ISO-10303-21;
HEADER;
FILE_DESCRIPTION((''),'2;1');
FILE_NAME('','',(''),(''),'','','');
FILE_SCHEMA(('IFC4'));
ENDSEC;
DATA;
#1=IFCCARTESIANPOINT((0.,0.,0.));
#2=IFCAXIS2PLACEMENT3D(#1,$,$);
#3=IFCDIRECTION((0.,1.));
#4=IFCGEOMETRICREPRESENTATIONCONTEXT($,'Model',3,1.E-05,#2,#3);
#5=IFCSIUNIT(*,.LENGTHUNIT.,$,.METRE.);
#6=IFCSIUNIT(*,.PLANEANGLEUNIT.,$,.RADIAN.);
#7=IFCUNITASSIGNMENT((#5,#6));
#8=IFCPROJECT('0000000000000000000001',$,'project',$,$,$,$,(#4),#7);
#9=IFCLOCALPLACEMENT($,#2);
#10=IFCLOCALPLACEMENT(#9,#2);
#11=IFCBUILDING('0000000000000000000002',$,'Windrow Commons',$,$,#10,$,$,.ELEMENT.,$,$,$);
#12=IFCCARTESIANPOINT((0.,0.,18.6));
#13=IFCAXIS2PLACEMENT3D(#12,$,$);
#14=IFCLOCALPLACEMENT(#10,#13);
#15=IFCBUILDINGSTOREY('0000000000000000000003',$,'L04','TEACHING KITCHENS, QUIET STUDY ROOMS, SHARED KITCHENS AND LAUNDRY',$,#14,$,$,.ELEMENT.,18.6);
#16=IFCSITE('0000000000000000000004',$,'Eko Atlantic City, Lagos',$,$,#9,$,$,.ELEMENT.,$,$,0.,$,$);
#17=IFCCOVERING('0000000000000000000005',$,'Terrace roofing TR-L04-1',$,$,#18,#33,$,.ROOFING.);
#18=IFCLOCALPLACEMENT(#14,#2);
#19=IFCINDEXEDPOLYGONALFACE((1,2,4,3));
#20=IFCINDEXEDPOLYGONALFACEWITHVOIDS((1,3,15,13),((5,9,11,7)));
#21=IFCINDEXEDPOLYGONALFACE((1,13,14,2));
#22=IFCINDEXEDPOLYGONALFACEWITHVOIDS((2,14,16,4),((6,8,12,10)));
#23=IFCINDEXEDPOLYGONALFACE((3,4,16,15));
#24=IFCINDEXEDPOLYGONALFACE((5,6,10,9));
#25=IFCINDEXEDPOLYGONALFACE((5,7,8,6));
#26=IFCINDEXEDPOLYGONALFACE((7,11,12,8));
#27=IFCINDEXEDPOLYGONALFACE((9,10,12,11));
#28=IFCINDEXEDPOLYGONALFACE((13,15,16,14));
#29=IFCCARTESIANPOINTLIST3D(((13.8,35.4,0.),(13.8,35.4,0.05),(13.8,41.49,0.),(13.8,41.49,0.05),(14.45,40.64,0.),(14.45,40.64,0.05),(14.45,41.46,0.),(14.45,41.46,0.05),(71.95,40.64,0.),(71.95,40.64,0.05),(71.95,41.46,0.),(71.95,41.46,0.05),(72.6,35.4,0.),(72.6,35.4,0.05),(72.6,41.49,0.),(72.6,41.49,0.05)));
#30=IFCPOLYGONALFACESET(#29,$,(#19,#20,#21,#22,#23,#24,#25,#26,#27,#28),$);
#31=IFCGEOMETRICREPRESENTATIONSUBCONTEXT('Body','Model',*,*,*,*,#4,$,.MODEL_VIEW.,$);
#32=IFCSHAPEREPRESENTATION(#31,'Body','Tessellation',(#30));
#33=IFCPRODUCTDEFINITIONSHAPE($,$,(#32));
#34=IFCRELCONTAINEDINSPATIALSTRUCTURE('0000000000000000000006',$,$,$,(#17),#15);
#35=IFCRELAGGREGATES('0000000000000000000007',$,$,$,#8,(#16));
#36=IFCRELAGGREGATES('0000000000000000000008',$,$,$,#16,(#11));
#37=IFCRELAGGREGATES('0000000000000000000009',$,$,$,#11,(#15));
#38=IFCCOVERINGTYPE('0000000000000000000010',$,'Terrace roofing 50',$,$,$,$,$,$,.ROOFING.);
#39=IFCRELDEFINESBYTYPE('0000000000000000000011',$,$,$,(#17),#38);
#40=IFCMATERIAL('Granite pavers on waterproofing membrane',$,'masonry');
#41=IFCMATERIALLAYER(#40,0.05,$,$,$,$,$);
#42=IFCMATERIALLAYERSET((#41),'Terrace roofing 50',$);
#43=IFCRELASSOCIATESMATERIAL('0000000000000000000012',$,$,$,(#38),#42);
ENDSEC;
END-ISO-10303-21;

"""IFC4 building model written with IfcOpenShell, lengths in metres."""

from ifc_helpers import new_model, si_unit, direction, frame, origin, place, context, subcontext, project, spatial, polyline, outline, extrude, material, layer, layer_set, type_object, element, save


model = new_model("IFC4")

# Units and contexts
model_context = context("Model", 3, precision=1e-05, world=origin(), true_north=direction((0.0, 1.0)))
body_context = subcontext(model_context, "Body", "Model", "MODEL_VIEW")
ifc_project = project(units=[si_unit("LENGTHUNIT", "METRE"), si_unit("PLANEANGLEUNIT", "RADIAN")], contexts=[model_context])

# Site, building, storey
site_placement = place(None, origin())
site = spatial("IfcSite", under=ifc_project, at=site_placement, Name="Eko Atlantic City, Lagos", CompositionType="ELEMENT", RefElevation=0.0)
building_placement = place(site_placement, origin())
building = spatial("IfcBuilding", under=site, at=building_placement, Name="Windrow Commons", CompositionType="ELEMENT")
storey_placement = place(building_placement, frame((0.0, 0.0, 18.6)))
storey = spatial("IfcBuildingStorey", under=building, at=storey_placement, Name="L04", Description="TEACHING KITCHENS, QUIET STUDY ROOMS, SHARED KITCHENS AND LAUNDRY", CompositionType="ELEMENT", Elevation=18.6)

# Shared definitions
placement_1 = place(storey_placement, origin())

# Covering
ifc_material_1 = material(Name="Granite pavers on waterproofing membrane", Category="masonry")
ifc_layer_1 = layer(ifc_material_1, 0.05)
ifc_layer_set_1 = layer_set([ifc_layer_1], Name="Terrace roofing 50")
covering_type = type_object("IfcCoveringType", Name="Terrace roofing 50", PredefinedType="ROOFING", material=ifc_layer_set_1)
element("IfcCovering", 1, at=placement_1, inside=storey, type_object=covering_type, Name="Terrace roofing TR-L04-1", PredefinedType="ROOFING", context=body_context, shape_type="SweptSolid", body=[
    extrude(outline(polyline([(72.6, 41.49), (72.6, 35.4), (13.8, 35.4), (13.8, 41.49), (72.6, 41.49)]), holes=[polyline([(14.45, 41.46), (14.45, 40.64), (71.95, 40.64), (71.95, 41.46), (14.45, 41.46)])]), origin(), (0.0, 0.0, 1.0), 0.05),
])

save(model, "model.ifc")
